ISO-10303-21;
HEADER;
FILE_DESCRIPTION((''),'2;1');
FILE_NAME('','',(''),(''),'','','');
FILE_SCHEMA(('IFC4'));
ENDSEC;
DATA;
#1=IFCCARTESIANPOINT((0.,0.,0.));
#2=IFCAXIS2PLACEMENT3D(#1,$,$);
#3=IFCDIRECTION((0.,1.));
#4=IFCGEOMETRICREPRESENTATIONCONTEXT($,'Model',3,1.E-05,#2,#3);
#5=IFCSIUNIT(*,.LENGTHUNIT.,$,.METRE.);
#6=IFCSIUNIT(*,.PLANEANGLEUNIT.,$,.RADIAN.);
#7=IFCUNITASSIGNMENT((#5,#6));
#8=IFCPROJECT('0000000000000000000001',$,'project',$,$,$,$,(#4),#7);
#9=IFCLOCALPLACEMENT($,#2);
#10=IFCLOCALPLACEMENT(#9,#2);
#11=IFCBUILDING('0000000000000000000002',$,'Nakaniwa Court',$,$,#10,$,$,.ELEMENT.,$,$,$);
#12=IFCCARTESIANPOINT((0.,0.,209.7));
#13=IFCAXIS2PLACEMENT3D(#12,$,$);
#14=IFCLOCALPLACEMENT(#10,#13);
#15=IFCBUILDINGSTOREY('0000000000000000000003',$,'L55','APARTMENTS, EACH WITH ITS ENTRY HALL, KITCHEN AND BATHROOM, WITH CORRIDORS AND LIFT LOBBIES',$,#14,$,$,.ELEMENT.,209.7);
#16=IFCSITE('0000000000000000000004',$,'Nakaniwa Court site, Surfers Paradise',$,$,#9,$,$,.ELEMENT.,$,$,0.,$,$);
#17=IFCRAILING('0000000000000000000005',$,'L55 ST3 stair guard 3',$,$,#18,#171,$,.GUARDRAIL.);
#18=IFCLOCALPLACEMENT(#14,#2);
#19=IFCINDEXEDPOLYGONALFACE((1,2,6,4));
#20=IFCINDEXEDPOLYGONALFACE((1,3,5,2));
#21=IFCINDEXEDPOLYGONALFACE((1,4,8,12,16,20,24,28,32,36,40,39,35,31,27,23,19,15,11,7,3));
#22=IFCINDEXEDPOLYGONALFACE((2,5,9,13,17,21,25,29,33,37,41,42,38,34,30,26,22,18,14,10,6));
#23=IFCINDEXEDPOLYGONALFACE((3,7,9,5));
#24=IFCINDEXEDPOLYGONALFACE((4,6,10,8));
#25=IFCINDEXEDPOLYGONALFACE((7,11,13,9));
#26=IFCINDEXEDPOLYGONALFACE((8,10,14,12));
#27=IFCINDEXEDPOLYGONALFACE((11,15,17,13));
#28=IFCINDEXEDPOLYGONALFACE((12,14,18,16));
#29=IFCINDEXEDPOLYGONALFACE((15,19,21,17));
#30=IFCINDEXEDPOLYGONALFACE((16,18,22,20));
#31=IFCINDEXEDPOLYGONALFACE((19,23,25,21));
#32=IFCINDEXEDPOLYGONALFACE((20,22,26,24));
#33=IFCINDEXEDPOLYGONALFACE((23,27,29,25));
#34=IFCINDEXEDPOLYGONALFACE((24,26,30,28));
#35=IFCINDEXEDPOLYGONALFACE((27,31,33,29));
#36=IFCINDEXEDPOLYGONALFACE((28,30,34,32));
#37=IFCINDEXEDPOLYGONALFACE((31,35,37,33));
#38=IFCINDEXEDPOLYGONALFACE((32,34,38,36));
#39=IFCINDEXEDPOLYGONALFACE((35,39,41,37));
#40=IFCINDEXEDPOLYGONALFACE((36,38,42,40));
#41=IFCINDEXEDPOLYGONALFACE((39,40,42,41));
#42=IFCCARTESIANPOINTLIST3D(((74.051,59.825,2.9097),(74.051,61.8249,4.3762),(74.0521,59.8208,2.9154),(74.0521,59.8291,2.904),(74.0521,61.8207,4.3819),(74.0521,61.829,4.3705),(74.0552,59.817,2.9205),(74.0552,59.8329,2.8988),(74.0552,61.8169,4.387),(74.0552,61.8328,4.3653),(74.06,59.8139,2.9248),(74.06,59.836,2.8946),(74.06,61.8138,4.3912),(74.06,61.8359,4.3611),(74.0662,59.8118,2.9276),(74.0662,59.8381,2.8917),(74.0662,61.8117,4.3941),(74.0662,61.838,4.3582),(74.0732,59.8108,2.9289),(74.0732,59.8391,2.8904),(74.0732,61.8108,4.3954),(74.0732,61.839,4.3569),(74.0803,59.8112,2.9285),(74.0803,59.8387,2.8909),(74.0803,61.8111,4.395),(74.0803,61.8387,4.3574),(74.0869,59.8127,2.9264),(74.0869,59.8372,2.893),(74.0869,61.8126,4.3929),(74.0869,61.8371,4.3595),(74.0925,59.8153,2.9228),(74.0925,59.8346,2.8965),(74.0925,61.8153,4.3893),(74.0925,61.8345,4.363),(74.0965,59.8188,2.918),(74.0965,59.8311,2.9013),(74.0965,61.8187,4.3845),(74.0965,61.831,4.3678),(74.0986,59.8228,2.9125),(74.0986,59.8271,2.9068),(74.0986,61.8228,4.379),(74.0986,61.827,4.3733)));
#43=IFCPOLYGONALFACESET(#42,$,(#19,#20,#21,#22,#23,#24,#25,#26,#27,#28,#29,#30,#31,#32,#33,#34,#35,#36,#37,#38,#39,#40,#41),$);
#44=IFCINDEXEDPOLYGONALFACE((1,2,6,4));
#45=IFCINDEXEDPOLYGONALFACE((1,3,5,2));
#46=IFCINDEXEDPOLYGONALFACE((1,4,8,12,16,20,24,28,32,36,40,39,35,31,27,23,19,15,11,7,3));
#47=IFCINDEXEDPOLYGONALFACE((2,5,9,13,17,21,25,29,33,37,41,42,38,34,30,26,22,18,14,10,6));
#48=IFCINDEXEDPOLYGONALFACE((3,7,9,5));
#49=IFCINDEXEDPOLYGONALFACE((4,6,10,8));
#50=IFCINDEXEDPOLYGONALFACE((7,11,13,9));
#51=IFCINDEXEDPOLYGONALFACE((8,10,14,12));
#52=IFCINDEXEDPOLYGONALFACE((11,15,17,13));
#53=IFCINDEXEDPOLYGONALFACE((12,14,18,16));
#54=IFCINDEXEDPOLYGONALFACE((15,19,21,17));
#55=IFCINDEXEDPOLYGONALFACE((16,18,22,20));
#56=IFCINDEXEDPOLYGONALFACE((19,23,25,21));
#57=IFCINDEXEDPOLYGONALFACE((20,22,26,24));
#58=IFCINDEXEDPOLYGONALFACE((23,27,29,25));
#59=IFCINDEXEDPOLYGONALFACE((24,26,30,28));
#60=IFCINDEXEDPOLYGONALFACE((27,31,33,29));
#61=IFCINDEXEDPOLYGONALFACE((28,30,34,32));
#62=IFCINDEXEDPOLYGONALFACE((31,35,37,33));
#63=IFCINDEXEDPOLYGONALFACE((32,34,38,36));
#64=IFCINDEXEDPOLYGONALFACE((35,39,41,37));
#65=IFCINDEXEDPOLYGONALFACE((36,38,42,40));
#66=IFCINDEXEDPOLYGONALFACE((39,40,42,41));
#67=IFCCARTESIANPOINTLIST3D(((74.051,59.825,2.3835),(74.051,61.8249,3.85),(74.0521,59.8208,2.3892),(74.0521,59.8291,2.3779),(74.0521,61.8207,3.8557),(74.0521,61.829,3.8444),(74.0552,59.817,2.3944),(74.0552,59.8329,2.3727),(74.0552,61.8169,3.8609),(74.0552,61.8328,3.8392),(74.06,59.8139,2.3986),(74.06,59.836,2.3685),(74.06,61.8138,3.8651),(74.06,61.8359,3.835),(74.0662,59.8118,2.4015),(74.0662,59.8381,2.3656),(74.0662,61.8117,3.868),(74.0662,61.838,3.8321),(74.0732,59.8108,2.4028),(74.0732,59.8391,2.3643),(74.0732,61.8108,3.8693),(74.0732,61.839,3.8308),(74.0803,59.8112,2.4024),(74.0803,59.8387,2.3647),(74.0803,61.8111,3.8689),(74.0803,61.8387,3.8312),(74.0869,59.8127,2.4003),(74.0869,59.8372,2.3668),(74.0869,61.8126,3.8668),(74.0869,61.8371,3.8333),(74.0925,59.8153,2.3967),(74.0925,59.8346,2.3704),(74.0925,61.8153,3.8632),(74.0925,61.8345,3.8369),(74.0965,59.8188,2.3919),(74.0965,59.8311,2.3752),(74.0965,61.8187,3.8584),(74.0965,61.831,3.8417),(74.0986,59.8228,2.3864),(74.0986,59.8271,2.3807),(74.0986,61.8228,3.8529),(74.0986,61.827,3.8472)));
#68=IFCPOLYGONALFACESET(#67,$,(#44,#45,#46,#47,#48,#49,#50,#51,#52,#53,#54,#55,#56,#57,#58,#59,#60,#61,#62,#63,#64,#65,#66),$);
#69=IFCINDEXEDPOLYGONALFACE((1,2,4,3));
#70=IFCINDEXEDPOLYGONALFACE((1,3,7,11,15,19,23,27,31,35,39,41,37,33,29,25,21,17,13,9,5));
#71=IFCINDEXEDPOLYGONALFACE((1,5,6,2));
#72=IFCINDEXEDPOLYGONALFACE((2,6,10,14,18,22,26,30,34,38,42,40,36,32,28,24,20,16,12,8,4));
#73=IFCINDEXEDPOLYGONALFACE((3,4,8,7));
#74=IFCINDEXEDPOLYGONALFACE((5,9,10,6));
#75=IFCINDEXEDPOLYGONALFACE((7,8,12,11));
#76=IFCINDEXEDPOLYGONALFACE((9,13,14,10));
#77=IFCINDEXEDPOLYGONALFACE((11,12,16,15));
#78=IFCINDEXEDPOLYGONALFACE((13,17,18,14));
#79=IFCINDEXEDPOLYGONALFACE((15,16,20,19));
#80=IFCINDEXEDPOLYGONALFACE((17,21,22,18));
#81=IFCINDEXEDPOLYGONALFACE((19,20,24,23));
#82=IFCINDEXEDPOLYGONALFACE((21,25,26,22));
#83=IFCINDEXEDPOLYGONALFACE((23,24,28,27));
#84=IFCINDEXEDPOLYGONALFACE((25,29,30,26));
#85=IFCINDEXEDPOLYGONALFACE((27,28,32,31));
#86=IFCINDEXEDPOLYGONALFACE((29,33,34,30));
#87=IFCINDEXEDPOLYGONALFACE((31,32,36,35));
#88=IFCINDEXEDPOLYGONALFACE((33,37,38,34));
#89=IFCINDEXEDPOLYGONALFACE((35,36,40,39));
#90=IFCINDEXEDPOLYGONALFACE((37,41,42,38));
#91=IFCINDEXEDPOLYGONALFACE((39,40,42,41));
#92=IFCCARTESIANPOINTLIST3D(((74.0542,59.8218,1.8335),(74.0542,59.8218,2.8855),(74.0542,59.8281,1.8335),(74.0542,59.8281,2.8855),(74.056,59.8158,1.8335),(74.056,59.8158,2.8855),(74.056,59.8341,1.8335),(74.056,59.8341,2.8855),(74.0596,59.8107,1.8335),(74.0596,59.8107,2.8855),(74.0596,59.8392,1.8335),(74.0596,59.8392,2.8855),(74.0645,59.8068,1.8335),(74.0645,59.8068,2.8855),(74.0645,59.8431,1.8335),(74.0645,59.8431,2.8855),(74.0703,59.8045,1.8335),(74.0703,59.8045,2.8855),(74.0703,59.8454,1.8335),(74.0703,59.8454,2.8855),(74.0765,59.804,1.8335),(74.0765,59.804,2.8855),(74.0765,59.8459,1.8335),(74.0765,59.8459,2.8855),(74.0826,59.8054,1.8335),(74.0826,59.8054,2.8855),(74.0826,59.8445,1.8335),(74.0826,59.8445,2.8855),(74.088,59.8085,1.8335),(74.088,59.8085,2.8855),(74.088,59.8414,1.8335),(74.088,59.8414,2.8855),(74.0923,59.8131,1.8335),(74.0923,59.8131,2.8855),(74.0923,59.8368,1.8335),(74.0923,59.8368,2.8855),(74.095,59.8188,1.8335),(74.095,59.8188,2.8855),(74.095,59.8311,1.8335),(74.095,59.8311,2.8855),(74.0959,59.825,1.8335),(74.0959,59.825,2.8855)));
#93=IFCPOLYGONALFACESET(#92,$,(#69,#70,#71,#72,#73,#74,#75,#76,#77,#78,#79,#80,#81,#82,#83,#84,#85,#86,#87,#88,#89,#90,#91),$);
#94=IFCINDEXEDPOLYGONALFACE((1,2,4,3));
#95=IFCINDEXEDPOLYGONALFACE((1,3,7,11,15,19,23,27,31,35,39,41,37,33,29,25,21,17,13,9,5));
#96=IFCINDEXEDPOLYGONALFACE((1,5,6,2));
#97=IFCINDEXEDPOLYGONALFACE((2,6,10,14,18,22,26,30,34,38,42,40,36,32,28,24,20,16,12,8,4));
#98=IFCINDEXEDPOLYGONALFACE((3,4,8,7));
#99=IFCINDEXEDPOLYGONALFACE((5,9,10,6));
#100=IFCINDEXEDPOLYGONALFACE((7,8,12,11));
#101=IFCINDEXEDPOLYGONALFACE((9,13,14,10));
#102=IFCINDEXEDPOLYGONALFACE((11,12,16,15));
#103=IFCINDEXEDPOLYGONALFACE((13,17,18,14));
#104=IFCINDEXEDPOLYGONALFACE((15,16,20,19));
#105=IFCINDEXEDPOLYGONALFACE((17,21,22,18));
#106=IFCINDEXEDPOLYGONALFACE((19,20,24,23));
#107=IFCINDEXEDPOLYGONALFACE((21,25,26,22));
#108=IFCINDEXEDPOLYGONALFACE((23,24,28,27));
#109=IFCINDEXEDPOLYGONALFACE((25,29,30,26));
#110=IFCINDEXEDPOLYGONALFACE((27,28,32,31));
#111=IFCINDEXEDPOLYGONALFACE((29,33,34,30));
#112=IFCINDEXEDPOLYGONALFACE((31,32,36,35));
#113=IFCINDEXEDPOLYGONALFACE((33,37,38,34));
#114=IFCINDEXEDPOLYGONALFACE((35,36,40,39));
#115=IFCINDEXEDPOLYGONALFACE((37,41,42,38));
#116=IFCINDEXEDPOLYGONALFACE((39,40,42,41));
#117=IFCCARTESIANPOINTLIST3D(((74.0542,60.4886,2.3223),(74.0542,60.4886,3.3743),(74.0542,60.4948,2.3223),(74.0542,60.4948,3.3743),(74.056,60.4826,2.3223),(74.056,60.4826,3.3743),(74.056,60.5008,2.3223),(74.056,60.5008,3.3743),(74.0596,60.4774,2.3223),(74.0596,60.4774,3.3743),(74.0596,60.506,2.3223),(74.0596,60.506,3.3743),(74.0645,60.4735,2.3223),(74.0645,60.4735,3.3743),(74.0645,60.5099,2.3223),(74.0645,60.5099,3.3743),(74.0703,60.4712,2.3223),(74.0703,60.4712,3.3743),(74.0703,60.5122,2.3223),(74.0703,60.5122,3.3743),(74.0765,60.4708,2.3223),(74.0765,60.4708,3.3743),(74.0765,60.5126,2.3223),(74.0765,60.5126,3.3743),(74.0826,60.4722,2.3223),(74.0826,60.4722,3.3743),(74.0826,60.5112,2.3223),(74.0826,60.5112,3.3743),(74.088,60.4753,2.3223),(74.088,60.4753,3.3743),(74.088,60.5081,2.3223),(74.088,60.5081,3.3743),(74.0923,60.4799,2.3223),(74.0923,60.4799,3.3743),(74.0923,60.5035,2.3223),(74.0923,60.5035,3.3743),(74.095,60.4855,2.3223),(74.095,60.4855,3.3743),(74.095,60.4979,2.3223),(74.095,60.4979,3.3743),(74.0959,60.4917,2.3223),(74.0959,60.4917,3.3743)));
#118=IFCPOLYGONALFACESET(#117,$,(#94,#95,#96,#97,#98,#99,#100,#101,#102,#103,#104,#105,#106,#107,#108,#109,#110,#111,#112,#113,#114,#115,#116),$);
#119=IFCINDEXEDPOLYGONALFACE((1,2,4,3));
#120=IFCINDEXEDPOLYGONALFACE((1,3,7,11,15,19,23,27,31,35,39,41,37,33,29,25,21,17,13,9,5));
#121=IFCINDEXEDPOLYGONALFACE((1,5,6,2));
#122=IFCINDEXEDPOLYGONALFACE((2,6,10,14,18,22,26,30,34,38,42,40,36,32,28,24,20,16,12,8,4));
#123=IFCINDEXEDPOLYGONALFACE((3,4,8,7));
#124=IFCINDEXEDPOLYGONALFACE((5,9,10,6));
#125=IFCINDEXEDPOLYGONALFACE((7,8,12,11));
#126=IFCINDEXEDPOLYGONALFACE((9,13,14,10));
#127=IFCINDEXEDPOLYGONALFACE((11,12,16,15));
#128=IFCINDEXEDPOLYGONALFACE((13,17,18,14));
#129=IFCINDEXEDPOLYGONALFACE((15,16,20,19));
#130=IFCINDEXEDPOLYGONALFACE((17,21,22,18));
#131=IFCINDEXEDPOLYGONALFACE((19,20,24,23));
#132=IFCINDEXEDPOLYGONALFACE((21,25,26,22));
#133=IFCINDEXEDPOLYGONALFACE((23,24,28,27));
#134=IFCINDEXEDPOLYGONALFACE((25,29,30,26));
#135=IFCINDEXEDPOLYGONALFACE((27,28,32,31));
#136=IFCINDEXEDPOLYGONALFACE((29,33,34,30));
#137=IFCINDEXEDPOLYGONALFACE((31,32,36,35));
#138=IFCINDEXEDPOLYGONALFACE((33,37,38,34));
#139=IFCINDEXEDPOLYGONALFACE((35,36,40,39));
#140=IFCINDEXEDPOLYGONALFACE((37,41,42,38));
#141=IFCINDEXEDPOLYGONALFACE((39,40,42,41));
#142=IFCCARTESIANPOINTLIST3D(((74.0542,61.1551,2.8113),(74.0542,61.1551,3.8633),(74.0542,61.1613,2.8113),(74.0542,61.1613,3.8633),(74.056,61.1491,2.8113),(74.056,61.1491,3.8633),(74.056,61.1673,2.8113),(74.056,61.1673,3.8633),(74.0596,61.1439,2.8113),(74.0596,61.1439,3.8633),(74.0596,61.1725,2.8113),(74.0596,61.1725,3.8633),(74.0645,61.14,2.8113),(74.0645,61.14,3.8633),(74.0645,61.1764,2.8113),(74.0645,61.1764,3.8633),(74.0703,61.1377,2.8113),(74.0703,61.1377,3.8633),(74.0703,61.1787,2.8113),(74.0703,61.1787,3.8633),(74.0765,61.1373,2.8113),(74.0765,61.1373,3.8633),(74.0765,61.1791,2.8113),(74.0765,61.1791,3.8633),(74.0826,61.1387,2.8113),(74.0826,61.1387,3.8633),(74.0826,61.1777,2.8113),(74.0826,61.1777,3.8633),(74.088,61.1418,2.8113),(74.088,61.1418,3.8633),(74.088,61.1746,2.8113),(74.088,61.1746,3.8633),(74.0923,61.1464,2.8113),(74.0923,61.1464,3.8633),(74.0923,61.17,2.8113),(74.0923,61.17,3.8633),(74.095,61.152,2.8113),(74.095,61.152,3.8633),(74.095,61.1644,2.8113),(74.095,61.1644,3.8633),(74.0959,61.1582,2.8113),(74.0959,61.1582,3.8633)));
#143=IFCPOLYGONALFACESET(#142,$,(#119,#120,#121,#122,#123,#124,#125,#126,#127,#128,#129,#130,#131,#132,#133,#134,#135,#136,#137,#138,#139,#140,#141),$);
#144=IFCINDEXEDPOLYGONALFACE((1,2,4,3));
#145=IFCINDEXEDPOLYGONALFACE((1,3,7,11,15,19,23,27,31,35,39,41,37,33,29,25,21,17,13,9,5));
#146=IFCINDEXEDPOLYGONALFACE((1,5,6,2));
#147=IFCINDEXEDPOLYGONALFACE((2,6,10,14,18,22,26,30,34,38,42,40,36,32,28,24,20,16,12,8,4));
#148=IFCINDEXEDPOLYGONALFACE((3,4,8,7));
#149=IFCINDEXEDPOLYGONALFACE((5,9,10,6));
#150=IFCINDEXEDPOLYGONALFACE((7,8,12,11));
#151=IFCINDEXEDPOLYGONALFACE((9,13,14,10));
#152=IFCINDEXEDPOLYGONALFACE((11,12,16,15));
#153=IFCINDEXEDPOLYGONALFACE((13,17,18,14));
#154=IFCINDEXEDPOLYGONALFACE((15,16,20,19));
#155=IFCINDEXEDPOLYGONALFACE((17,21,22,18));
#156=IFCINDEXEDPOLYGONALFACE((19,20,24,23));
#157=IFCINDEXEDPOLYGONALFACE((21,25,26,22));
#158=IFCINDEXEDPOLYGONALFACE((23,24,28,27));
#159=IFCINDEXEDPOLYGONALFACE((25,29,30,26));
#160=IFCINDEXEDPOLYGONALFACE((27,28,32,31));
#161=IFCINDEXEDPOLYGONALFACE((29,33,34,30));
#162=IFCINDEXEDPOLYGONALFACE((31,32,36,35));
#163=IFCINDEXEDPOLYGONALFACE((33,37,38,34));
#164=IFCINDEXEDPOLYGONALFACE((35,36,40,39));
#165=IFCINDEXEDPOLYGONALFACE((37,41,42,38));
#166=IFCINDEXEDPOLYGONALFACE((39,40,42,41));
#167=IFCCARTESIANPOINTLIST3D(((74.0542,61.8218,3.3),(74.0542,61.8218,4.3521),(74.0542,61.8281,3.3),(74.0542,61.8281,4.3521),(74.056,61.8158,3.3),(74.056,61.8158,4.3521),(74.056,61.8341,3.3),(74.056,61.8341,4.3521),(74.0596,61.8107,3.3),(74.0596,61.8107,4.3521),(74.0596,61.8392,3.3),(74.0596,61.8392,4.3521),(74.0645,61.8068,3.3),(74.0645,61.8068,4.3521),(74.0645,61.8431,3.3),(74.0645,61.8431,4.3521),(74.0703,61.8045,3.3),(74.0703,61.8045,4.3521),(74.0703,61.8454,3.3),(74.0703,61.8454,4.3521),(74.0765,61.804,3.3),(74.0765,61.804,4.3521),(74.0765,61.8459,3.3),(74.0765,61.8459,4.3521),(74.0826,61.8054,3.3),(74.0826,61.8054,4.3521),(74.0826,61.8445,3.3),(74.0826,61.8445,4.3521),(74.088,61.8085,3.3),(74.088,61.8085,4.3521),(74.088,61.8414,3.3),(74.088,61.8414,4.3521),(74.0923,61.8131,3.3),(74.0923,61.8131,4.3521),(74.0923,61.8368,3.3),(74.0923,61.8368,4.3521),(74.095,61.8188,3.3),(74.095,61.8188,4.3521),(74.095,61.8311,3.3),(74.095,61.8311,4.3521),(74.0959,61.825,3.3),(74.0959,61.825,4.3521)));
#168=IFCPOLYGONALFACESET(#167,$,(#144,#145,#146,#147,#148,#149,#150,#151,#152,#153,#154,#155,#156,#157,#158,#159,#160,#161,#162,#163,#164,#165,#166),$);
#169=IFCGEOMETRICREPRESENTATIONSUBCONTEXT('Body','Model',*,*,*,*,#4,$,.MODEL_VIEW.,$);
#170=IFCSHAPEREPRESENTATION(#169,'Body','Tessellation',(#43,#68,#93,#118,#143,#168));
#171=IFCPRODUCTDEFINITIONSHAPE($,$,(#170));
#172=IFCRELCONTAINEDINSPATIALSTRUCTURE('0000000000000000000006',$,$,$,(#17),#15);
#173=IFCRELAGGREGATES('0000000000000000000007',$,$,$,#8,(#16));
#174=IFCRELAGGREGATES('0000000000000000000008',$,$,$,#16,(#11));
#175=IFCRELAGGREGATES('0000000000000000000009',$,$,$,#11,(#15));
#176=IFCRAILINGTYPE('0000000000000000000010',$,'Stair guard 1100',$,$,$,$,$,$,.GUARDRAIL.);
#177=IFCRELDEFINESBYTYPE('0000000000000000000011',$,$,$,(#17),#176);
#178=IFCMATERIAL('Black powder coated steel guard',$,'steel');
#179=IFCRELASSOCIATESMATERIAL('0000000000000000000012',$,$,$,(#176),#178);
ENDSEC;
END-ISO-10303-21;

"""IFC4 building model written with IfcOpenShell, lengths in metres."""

from ifc_helpers import new_model, si_unit, direction, frame, origin, origin_2d, place, context, subcontext, project, spatial, circle, extrude, material, type_object, element, save


model = new_model("IFC4")

# Units and contexts
model_context = context("Model", 3, precision=1e-05, world=origin(), true_north=direction((0.0, 1.0)))
body_context = subcontext(model_context, "Body", "Model", "MODEL_VIEW")
ifc_project = project(units=[si_unit("LENGTHUNIT", "METRE"), si_unit("PLANEANGLEUNIT", "RADIAN")], contexts=[model_context])

# Site, building, storey
site_placement = place(None, origin())
site = spatial("IfcSite", under=ifc_project, at=site_placement, Name="Nakaniwa Court site, Surfers Paradise", CompositionType="ELEMENT", RefElevation=0.0)
building_placement = place(site_placement, origin())
building = spatial("IfcBuilding", under=site, at=building_placement, Name="Nakaniwa Court", CompositionType="ELEMENT")
storey_placement = place(building_placement, frame((0.0, 0.0, 209.7)))
storey = spatial("IfcBuildingStorey", under=building, at=storey_placement, Name="L55", Description="APARTMENTS, EACH WITH ITS ENTRY HALL, KITCHEN AND BATHROOM, WITH CORRIDORS AND LIFT LOBBIES", CompositionType="ELEMENT", Elevation=209.7)

# Railing
ifc_material_1 = material(Name="Black powder coated steel guard", Category="steel")
railing_type_1 = type_object("IfcRailingType", Name="Stair guard 1100", PredefinedType="GUARDRAIL", material=ifc_material_1)
railing_1_placement = place(storey_placement, frame((74.075, 59.825, 1.8335)))
element("IfcRailing", 1, at=railing_1_placement, inside=storey, type_object=railing_type_1, Name="L55 ST3 stair guard 3", PredefinedType="GUARDRAIL", context=body_context, shape_type="SweptSolid", body=[
    extrude(circle(Radius=0.0239, at=origin_2d()), frame((0.0, 0.0, 1.0762), z_axis=(0.0, 0.806427, 0.591334), x_axis=(-1.0, 0.0, 0.0)), (0.0, 0.0, 1.0), 2.48),
    extrude(circle(Radius=0.0239, at=origin_2d()), frame((0.0, 0.0, 0.55), z_axis=(0.0, 0.806427, 0.591334), x_axis=(-1.0, 0.0, 0.0)), (0.0, 0.0, 1.0), 2.48),
    extrude(circle(Radius=0.021, at=origin_2d()), origin(), (0.0, 0.0, 1.0), 1.052),
    extrude(circle(Radius=0.021, at=origin_2d()), frame((0.0, 0.6667, 0.4888)), (0.0, 0.0, 1.0), 1.052),
    extrude(circle(Radius=0.021, at=origin_2d()), frame((0.0, 1.3333, 0.9778)), (0.0, 0.0, 1.0), 1.052),
    extrude(circle(Radius=0.021, at=origin_2d()), frame((0.0, 2.0, 1.4666)), (0.0, 0.0, 1.0), 1.052),
])

save(model, "model.ifc")
